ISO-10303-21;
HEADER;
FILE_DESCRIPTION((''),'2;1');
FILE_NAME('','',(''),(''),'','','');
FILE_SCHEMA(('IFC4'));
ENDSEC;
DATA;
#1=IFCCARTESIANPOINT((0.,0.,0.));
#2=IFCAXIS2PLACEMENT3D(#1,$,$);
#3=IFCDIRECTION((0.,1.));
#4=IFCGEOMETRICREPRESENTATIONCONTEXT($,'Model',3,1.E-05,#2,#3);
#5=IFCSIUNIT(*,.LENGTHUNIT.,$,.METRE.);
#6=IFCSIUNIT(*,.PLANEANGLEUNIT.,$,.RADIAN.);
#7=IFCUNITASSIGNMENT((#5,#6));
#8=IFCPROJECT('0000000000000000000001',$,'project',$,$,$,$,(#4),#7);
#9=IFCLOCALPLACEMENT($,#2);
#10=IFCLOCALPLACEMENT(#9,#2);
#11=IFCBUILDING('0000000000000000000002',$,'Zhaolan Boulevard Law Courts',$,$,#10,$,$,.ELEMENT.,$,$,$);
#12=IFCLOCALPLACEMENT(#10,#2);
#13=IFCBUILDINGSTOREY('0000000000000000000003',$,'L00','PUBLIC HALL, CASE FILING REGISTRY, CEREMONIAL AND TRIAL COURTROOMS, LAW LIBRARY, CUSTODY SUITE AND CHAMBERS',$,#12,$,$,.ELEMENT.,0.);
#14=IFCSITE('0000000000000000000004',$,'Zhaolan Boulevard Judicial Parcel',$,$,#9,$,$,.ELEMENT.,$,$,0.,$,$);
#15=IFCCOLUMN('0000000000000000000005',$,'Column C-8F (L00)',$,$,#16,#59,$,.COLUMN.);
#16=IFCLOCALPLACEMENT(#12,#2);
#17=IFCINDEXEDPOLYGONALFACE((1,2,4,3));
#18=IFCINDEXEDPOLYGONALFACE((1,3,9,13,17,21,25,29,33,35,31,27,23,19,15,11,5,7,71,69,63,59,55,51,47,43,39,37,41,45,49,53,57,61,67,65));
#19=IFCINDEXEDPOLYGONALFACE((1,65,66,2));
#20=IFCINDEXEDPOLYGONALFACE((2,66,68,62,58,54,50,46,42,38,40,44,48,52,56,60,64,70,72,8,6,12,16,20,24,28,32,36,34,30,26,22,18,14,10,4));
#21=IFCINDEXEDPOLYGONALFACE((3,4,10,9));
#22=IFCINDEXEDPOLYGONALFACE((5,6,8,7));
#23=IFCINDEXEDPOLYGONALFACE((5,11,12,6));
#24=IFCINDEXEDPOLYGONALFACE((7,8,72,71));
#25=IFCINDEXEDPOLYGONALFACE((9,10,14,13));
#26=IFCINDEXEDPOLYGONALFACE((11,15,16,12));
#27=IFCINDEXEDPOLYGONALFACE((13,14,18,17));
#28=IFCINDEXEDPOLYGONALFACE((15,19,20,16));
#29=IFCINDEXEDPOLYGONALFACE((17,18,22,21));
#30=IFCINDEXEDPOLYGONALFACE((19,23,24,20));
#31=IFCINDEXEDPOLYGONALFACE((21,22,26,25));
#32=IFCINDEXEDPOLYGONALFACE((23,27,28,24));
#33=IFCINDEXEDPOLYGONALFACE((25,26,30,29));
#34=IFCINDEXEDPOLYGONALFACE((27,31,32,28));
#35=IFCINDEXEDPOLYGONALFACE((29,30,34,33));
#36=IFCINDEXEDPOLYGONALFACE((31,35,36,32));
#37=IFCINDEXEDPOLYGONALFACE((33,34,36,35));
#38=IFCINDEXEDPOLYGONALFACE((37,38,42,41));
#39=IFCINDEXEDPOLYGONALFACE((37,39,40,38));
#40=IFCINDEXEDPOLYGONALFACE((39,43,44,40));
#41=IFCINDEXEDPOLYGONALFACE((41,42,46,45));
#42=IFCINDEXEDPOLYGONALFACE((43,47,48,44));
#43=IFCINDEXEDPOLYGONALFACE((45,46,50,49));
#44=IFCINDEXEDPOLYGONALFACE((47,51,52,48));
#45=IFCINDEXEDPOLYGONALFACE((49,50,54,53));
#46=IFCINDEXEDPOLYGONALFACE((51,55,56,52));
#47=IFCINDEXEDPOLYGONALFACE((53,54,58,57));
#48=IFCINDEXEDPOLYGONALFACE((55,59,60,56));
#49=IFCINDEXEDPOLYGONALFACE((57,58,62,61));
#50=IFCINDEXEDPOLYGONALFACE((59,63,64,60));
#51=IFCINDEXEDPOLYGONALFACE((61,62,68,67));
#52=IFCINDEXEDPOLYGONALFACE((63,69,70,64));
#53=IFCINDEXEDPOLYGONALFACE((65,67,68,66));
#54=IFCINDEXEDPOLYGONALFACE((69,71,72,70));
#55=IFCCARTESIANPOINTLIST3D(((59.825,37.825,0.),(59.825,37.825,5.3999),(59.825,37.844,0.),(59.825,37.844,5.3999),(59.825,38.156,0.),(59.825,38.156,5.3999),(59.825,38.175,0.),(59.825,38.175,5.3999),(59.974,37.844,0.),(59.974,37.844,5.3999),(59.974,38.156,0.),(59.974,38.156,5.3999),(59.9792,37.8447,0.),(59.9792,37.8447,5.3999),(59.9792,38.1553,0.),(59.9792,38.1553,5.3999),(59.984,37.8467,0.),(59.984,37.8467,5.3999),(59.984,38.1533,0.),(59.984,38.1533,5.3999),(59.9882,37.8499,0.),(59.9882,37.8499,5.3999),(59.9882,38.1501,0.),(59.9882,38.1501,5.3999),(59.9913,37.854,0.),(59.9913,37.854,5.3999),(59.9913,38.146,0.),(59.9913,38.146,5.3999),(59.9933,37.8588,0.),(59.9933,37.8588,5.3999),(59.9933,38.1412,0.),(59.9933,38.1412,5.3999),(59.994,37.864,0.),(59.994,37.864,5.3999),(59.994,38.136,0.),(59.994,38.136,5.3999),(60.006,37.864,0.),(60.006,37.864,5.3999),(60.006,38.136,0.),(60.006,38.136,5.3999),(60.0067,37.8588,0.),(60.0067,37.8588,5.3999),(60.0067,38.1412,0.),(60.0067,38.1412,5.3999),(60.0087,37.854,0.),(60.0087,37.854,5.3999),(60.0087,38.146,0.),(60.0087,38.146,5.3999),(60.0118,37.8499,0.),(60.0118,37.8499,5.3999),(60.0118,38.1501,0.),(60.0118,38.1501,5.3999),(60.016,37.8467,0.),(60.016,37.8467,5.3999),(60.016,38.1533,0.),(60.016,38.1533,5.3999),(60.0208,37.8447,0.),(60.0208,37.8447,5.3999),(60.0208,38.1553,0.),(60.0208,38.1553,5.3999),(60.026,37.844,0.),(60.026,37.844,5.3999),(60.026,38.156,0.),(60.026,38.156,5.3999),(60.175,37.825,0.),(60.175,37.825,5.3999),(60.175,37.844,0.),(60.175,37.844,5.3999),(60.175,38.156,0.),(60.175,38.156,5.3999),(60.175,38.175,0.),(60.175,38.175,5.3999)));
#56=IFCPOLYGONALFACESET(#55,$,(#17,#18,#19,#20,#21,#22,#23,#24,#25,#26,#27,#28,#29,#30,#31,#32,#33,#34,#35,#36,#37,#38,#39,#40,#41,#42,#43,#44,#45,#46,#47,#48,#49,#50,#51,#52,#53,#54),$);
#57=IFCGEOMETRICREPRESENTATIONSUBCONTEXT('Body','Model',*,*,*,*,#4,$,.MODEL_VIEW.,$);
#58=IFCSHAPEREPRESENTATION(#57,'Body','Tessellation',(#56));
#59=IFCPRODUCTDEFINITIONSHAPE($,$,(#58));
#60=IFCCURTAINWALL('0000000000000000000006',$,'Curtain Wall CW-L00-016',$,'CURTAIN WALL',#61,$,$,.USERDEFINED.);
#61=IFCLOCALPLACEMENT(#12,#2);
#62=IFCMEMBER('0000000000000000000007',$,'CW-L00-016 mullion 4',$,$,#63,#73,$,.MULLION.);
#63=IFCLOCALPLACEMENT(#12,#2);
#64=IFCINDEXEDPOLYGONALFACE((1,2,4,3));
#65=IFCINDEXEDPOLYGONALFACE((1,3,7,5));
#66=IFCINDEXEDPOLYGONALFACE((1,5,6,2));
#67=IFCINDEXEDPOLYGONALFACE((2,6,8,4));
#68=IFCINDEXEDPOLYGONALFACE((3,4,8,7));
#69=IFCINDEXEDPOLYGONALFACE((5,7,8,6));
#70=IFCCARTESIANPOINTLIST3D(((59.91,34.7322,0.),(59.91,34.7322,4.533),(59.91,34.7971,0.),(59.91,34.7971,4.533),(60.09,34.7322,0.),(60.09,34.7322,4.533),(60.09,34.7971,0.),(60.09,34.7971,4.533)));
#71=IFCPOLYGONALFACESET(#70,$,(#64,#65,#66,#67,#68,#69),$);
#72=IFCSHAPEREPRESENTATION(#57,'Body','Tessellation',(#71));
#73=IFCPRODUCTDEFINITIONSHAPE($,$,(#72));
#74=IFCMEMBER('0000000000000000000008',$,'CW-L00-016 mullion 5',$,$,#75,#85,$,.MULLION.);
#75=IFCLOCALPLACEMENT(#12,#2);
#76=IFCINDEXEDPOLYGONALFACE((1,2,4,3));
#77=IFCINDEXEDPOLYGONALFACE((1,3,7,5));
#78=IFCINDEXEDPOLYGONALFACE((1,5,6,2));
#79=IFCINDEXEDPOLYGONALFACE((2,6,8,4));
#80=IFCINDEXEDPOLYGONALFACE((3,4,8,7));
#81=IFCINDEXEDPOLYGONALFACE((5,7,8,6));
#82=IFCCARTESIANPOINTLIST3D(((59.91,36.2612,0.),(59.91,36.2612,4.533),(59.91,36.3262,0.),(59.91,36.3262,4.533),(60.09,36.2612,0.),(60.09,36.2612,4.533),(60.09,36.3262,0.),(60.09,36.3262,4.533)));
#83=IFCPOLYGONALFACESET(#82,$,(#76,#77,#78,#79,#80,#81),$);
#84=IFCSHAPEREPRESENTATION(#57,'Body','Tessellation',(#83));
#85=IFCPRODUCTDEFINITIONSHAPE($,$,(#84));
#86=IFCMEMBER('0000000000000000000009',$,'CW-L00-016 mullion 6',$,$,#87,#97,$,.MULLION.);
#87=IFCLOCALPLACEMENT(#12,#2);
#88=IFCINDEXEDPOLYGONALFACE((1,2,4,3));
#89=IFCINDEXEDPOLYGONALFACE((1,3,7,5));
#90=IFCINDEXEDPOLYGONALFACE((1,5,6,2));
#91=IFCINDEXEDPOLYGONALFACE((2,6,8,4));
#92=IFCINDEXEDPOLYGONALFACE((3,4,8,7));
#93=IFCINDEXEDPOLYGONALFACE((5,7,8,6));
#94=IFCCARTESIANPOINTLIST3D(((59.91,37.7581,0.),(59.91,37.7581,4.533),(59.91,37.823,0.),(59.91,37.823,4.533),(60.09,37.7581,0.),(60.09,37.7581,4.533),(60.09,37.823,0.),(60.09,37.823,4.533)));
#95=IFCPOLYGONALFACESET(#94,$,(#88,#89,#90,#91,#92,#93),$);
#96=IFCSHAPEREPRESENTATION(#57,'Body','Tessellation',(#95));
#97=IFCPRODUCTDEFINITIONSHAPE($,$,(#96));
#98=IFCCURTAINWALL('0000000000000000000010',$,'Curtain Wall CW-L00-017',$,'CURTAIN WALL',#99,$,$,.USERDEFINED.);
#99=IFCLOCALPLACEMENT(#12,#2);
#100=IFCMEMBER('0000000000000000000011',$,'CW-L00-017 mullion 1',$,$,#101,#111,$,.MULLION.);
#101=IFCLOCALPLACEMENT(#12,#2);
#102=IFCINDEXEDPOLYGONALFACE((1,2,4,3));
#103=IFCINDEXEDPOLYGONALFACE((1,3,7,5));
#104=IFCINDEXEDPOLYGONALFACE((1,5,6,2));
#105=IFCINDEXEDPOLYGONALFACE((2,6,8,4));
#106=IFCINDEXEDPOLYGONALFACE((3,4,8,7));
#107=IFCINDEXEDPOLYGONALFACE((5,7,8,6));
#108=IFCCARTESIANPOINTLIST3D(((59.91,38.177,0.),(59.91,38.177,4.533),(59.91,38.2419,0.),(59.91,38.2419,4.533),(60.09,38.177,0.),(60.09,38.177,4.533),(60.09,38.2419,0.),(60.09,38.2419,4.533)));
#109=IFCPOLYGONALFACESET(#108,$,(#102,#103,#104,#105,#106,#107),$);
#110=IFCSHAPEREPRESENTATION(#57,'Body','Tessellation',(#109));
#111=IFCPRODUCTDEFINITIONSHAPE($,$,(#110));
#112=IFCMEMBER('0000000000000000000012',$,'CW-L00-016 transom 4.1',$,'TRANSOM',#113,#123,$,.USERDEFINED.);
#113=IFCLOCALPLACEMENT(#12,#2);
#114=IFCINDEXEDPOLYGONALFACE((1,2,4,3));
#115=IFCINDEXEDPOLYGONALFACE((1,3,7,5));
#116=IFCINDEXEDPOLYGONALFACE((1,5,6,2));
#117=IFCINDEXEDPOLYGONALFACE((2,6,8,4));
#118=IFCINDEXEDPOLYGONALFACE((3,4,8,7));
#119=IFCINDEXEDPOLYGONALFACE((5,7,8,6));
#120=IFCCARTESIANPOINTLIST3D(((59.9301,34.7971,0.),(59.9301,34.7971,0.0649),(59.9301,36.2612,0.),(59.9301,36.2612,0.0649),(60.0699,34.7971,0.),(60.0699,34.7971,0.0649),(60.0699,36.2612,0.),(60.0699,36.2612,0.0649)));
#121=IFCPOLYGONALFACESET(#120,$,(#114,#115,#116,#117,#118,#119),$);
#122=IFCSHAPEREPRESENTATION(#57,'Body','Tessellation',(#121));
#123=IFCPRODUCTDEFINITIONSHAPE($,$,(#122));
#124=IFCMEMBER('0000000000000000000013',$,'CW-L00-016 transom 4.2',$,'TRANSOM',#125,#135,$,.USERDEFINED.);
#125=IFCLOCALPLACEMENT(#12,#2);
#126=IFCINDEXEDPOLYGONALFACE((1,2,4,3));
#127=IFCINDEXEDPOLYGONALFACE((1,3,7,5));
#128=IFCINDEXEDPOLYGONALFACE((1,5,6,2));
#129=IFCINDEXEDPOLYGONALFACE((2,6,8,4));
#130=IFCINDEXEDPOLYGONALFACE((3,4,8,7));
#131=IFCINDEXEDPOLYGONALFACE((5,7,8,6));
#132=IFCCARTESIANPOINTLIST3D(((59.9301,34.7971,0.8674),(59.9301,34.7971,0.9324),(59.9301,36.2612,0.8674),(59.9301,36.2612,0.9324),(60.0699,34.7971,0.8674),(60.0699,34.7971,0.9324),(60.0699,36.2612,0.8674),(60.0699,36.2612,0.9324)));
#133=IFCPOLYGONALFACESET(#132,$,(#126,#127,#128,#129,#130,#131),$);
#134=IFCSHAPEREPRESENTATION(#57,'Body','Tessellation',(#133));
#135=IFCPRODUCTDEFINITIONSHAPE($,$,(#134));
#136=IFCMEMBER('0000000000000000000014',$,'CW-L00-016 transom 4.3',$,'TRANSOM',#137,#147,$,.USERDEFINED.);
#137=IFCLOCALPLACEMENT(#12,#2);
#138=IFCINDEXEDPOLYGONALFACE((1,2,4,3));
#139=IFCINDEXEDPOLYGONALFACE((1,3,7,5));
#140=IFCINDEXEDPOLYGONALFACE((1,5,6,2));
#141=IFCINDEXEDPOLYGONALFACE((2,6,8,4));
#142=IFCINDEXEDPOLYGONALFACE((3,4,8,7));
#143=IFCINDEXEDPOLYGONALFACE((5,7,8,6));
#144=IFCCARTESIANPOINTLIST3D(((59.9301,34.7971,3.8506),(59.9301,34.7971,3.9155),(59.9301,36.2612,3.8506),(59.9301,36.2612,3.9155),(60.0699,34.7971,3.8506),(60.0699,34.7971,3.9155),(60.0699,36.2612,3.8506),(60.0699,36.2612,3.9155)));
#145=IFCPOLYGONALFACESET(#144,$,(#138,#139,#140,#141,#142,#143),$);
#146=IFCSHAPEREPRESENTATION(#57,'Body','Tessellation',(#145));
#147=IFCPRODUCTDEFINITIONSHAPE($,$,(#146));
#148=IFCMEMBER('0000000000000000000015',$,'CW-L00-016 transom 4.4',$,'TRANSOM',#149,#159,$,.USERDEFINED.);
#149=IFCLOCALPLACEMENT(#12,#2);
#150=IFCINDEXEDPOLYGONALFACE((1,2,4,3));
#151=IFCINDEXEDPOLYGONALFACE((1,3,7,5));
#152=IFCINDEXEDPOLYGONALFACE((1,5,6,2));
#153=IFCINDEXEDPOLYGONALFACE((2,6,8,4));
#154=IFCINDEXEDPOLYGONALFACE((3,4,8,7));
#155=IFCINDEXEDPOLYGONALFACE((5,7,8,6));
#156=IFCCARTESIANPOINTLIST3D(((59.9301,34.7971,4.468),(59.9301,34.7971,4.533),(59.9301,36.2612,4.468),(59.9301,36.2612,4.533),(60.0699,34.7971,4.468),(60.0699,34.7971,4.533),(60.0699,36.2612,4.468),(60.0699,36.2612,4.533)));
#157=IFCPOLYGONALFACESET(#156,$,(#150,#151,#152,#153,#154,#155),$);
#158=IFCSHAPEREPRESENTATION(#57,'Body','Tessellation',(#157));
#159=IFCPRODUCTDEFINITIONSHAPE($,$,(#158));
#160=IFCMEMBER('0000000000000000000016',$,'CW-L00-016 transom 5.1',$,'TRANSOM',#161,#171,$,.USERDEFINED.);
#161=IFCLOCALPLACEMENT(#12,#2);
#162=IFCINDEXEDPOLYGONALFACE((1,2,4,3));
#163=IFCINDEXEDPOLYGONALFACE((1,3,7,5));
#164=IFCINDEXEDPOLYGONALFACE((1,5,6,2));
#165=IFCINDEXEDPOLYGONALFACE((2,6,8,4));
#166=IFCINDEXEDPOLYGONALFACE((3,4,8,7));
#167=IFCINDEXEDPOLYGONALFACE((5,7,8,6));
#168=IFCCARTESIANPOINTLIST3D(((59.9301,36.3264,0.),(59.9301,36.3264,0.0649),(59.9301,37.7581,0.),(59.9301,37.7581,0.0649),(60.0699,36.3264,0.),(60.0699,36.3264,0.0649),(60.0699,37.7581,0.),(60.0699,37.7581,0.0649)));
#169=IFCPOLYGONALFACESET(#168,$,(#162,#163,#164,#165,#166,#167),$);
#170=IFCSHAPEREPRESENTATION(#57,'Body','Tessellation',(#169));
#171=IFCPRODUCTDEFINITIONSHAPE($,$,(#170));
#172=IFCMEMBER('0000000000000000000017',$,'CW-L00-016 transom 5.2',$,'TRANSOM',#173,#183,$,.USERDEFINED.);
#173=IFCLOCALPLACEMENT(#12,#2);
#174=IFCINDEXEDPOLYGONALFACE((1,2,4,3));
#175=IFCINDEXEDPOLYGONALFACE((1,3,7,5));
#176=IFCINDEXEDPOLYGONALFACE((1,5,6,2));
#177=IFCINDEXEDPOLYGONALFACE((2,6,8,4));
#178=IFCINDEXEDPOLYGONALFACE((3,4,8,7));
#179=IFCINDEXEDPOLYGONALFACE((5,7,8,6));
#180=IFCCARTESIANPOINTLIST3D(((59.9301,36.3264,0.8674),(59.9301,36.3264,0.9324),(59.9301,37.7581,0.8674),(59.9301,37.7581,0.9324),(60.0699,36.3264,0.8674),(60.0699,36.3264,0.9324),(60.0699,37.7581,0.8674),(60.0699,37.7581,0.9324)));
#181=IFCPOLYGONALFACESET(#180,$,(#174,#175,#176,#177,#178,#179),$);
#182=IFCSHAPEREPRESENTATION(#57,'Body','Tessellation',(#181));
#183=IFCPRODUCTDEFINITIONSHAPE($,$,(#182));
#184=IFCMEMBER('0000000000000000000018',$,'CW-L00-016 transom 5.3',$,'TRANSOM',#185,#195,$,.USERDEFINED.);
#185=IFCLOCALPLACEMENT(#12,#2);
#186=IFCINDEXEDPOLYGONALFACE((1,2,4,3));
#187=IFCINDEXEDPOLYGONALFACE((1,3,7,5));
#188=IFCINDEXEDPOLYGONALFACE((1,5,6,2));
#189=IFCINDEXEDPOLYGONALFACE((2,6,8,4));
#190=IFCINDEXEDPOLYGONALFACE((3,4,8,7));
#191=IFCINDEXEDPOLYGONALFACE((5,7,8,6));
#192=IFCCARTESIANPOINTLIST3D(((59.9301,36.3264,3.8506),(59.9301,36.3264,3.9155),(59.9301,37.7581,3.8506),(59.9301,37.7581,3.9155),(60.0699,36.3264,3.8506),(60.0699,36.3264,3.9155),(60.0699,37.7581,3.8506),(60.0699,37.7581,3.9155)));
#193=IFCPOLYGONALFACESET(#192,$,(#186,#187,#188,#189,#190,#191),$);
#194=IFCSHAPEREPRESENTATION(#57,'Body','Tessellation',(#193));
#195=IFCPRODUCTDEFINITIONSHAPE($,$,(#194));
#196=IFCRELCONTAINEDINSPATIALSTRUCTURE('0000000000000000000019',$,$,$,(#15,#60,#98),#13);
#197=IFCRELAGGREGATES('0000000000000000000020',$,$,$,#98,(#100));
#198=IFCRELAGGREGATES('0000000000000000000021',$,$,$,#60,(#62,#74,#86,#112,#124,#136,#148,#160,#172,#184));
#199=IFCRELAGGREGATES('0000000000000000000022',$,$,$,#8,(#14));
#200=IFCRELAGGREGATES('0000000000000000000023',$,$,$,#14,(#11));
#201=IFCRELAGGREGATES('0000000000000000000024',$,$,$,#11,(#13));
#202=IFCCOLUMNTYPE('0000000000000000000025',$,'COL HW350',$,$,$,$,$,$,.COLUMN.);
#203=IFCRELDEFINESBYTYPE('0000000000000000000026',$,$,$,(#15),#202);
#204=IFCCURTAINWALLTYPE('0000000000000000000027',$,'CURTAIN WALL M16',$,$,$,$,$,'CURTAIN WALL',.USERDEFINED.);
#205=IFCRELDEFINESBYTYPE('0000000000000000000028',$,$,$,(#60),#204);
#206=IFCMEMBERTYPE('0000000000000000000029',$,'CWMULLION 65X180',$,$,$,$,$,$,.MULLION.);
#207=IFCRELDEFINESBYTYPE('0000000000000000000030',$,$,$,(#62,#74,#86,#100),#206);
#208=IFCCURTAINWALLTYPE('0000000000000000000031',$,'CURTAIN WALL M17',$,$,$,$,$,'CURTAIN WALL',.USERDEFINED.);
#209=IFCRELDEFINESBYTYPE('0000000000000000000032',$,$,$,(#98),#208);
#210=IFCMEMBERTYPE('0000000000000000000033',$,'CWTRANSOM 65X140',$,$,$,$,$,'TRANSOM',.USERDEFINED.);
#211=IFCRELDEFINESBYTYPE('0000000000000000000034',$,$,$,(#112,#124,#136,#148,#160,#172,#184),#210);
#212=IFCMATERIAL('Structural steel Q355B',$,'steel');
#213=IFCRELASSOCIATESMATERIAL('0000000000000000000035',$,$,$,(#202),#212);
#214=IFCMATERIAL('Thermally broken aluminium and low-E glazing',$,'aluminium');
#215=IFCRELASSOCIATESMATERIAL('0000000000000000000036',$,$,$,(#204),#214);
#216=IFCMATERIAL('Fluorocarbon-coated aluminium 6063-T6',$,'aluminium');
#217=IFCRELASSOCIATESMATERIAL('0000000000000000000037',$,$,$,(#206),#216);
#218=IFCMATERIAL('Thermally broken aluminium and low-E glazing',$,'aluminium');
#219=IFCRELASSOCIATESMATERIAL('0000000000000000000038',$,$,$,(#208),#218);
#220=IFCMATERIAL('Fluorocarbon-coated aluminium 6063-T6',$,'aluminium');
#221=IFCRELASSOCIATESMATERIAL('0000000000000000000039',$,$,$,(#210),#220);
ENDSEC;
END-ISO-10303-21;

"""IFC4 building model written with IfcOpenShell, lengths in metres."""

from ifc_helpers import new_model, si_unit, direction, frame, origin, origin_2d, place, context, subcontext, project, spatial, rectangle, i_section, extrude, material, material_profile, profile_set, type_object, element, aggregate, save


model = new_model("IFC4")

# Units and contexts
model_context = context("Model", 3, precision=1e-05, world=origin(), true_north=direction((0.0, 1.0)))
body_context = subcontext(model_context, "Body", "Model", "MODEL_VIEW")
ifc_project = project(units=[si_unit("LENGTHUNIT", "METRE"), si_unit("PLANEANGLEUNIT", "RADIAN")], contexts=[model_context])

# Site, building, storey
site_placement = place(None, origin())
site = spatial("IfcSite", under=ifc_project, at=site_placement, Name="Zhaolan Boulevard Judicial Parcel", CompositionType="ELEMENT", RefElevation=0.0)
building_placement = place(site_placement, origin())
building = spatial("IfcBuilding", under=site, at=building_placement, Name="Zhaolan Boulevard Law Courts", CompositionType="ELEMENT")
storey_placement = place(building_placement, origin())
storey = spatial("IfcBuildingStorey", under=building, at=storey_placement, Name="L00", Description="PUBLIC HALL, CASE FILING REGISTRY, CEREMONIAL AND TRIAL COURTROOMS, LAW LIBRARY, CUSTODY SUITE AND CHAMBERS", CompositionType="ELEMENT", Elevation=0.0)

# Column
ifc_material_1 = material(Name="Structural steel Q355B", Category="steel")
ifc_material_profile_1 = material_profile(ifc_material_1, i_section(OverallWidth=0.3501, OverallDepth=0.3501, WebThickness=0.012, FlangeThickness=0.019, FilletRadius=0.02, at=origin_2d()), Name="HW350x350")
ifc_profile_set_1 = profile_set([ifc_material_profile_1], Name="Structural steel Q355B")
column_type = type_object("IfcColumnType", Name="COL HW350", PredefinedType="COLUMN", material=ifc_profile_set_1)
column_placement = place(storey_placement, frame((60.0, 38.0, 0.0), z_axis=(0.0, 0.0, 1.0), x_axis=(1.0, 0.0, 0.0)))
element("IfcColumn", 1, at=column_placement, inside=storey, type_object=column_type, Name="Column C-8F (L00)", PredefinedType="COLUMN", context=body_context, shape_type="SweptSolid", body=[
    extrude(i_section(OverallWidth=0.3501, OverallDepth=0.3501, WebThickness=0.012, FlangeThickness=0.019, FilletRadius=0.02, at=origin_2d()), origin(), (0.0, 0.0, 1.0), 5.3999),
])

# Curtain wall, members
ifc_material_2 = material(Name="Thermally broken aluminium and low-E glazing", Category="aluminium")
curtain_wall_type_1 = type_object("IfcCurtainWallType", Name="CURTAIN WALL M16", ElementType="CURTAIN WALL", PredefinedType="USERDEFINED", material=ifc_material_2)
curtain_wall_1_placement = place(storey_placement, origin())
curtain_wall_1 = element("IfcCurtainWall", 2, at=curtain_wall_1_placement, inside=storey, type_object=curtain_wall_type_1, Name="Curtain Wall CW-L00-016", ObjectType="CURTAIN WALL", PredefinedType="USERDEFINED")
ifc_material_3 = material(Name="Fluorocarbon-coated aluminium 6063-T6", Category="aluminium")
ifc_material_profile_2 = material_profile(ifc_material_3, rectangle(XDim=0.1799, YDim=0.0649, at=origin_2d()), Name="AL65x180")
ifc_profile_set_2 = profile_set([ifc_material_profile_2], Name="Fluorocarbon-coated aluminium 6063-T6")
member_type_1 = type_object("IfcMemberType", Name="CWMULLION 65X180", PredefinedType="MULLION", material=ifc_profile_set_2)
member_1_placement = place(storey_placement, frame((60.0, 34.7646, 0.0), z_axis=(0.0, 0.0, 1.0), x_axis=(-1.0, 0.0, 0.0)))
member_1 = element("IfcMember", 3, at=member_1_placement, type_object=member_type_1, Name="CW-L00-016 mullion 4", PredefinedType="MULLION", context=body_context, shape_type="SweptSolid", body=[
    extrude(rectangle(XDim=0.1799, YDim=0.0649, at=origin_2d()), origin(), (0.0, 0.0, 1.0), 4.533),
])
member_2_placement = place(storey_placement, frame((60.0, 36.2937, 0.0), z_axis=(0.0, 0.0, 1.0), x_axis=(-1.0, 0.0, 0.0)))
member_2 = element("IfcMember", 4, at=member_2_placement, type_object=member_type_1, Name="CW-L00-016 mullion 5", PredefinedType="MULLION", context=body_context, shape_type="SweptSolid", body=[
    extrude(rectangle(XDim=0.1799, YDim=0.0649, at=origin_2d()), origin(), (0.0, 0.0, 1.0), 4.533),
])
member_3_placement = place(storey_placement, frame((60.0, 37.7905, 0.0), z_axis=(0.0, 0.0, 1.0), x_axis=(-1.0, 0.0, 0.0)))
member_3 = element("IfcMember", 5, at=member_3_placement, type_object=member_type_1, Name="CW-L00-016 mullion 6", PredefinedType="MULLION", context=body_context, shape_type="SweptSolid", body=[
    extrude(rectangle(XDim=0.1799, YDim=0.0649, at=origin_2d()), origin(), (0.0, 0.0, 1.0), 4.533),
])

# Curtain wall, member
ifc_material_4 = material(Name="Thermally broken aluminium and low-E glazing", Category="aluminium")
curtain_wall_type_2 = type_object("IfcCurtainWallType", Name="CURTAIN WALL M17", ElementType="CURTAIN WALL", PredefinedType="USERDEFINED", material=ifc_material_4)
curtain_wall_2_placement = place(storey_placement, origin())
curtain_wall_2 = element("IfcCurtainWall", 6, at=curtain_wall_2_placement, inside=storey, type_object=curtain_wall_type_2, Name="Curtain Wall CW-L00-017", ObjectType="CURTAIN WALL", PredefinedType="USERDEFINED")
member_4_placement = place(storey_placement, frame((60.0, 38.2095, 0.0), z_axis=(0.0, 0.0, 1.0), x_axis=(-1.0, 0.0, 0.0)))
member_4 = element("IfcMember", 7, at=member_4_placement, type_object=member_type_1, Name="CW-L00-017 mullion 1", PredefinedType="MULLION", context=body_context, shape_type="SweptSolid", body=[
    extrude(rectangle(XDim=0.1799, YDim=0.0649, at=origin_2d()), origin(), (0.0, 0.0, 1.0), 4.533),
])

# Members
ifc_material_5 = material(Name="Fluorocarbon-coated aluminium 6063-T6", Category="aluminium")
ifc_material_profile_3 = material_profile(ifc_material_5, rectangle(XDim=0.1399, YDim=0.0649, at=origin_2d()), Name="AL65x140")
ifc_profile_set_3 = profile_set([ifc_material_profile_3], Name="Fluorocarbon-coated aluminium 6063-T6")
member_type_2 = type_object("IfcMemberType", Name="CWTRANSOM 65X140", ElementType="TRANSOM", PredefinedType="USERDEFINED", material=ifc_profile_set_3)
member_5_placement = place(storey_placement, frame((60.0, 34.7971, 0.0325), z_axis=(0.0, 1.0, 0.0), x_axis=(-1.0, 0.0, 0.0)))
member_5 = element("IfcMember", 8, at=member_5_placement, type_object=member_type_2, Name="CW-L00-016 transom 4.1", ObjectType="TRANSOM", PredefinedType="USERDEFINED", context=body_context, shape_type="SweptSolid", body=[
    extrude(rectangle(XDim=0.1399, YDim=0.0649, at=origin_2d()), origin(), (0.0, 0.0, 1.0), 1.4641),
])
member_6_placement = place(storey_placement, frame((60.0, 34.7971, 0.8999), z_axis=(0.0, 1.0, 0.0), x_axis=(-1.0, 0.0, 0.0)))
member_6 = element("IfcMember", 9, at=member_6_placement, type_object=member_type_2, Name="CW-L00-016 transom 4.2", ObjectType="TRANSOM", PredefinedType="USERDEFINED", context=body_context, shape_type="SweptSolid", body=[
    extrude(rectangle(XDim=0.1399, YDim=0.0649, at=origin_2d()), origin(), (0.0, 0.0, 1.0), 1.4641),
])
member_7_placement = place(storey_placement, frame((60.0, 34.7971, 3.8831), z_axis=(0.0, 1.0, 0.0), x_axis=(-1.0, 0.0, 0.0)))
member_7 = element("IfcMember", 10, at=member_7_placement, type_object=member_type_2, Name="CW-L00-016 transom 4.3", ObjectType="TRANSOM", PredefinedType="USERDEFINED", context=body_context, shape_type="SweptSolid", body=[
    extrude(rectangle(XDim=0.1399, YDim=0.0649, at=origin_2d()), origin(), (0.0, 0.0, 1.0), 1.4641),
])
member_8_placement = place(storey_placement, frame((60.0, 34.7971, 4.5005), z_axis=(0.0, 1.0, 0.0), x_axis=(-1.0, 0.0, 0.0)))
member_8 = element("IfcMember", 11, at=member_8_placement, type_object=member_type_2, Name="CW-L00-016 transom 4.4", ObjectType="TRANSOM", PredefinedType="USERDEFINED", context=body_context, shape_type="SweptSolid", body=[
    extrude(rectangle(XDim=0.1399, YDim=0.0649, at=origin_2d()), origin(), (0.0, 0.0, 1.0), 1.4641),
])
member_9_placement = place(storey_placement, frame((60.0, 36.3264, 0.0325), z_axis=(0.0, 1.0, 0.0), x_axis=(-1.0, 0.0, 0.0)))
member_9 = element("IfcMember", 12, at=member_9_placement, type_object=member_type_2, Name="CW-L00-016 transom 5.1", ObjectType="TRANSOM", PredefinedType="USERDEFINED", context=body_context, shape_type="SweptSolid", body=[
    extrude(rectangle(XDim=0.1399, YDim=0.0649, at=origin_2d()), origin(), (0.0, 0.0, 1.0), 1.4316),
])
member_10_placement = place(storey_placement, frame((60.0, 36.3264, 0.8999), z_axis=(0.0, 1.0, 0.0), x_axis=(-1.0, 0.0, 0.0)))
member_10 = element("IfcMember", 13, at=member_10_placement, type_object=member_type_2, Name="CW-L00-016 transom 5.2", ObjectType="TRANSOM", PredefinedType="USERDEFINED", context=body_context, shape_type="SweptSolid", body=[
    extrude(rectangle(XDim=0.1399, YDim=0.0649, at=origin_2d()), origin(), (0.0, 0.0, 1.0), 1.4316),
])
member_11_placement = place(storey_placement, frame((60.0, 36.3264, 3.8831), z_axis=(0.0, 1.0, 0.0), x_axis=(-1.0, 0.0, 0.0)))
member_11 = element("IfcMember", 14, at=member_11_placement, type_object=member_type_2, Name="CW-L00-016 transom 5.3", ObjectType="TRANSOM", PredefinedType="USERDEFINED", context=body_context, shape_type="SweptSolid", body=[
    extrude(rectangle(XDim=0.1399, YDim=0.0649, at=origin_2d()), origin(), (0.0, 0.0, 1.0), 1.4316),
])
aggregate(curtain_wall_2, [member_4])

aggregate(curtain_wall_1, [member_1, member_2, member_3, member_5, member_6, member_7, member_8, member_9, member_10, member_11])

save(model, "model.ifc")
